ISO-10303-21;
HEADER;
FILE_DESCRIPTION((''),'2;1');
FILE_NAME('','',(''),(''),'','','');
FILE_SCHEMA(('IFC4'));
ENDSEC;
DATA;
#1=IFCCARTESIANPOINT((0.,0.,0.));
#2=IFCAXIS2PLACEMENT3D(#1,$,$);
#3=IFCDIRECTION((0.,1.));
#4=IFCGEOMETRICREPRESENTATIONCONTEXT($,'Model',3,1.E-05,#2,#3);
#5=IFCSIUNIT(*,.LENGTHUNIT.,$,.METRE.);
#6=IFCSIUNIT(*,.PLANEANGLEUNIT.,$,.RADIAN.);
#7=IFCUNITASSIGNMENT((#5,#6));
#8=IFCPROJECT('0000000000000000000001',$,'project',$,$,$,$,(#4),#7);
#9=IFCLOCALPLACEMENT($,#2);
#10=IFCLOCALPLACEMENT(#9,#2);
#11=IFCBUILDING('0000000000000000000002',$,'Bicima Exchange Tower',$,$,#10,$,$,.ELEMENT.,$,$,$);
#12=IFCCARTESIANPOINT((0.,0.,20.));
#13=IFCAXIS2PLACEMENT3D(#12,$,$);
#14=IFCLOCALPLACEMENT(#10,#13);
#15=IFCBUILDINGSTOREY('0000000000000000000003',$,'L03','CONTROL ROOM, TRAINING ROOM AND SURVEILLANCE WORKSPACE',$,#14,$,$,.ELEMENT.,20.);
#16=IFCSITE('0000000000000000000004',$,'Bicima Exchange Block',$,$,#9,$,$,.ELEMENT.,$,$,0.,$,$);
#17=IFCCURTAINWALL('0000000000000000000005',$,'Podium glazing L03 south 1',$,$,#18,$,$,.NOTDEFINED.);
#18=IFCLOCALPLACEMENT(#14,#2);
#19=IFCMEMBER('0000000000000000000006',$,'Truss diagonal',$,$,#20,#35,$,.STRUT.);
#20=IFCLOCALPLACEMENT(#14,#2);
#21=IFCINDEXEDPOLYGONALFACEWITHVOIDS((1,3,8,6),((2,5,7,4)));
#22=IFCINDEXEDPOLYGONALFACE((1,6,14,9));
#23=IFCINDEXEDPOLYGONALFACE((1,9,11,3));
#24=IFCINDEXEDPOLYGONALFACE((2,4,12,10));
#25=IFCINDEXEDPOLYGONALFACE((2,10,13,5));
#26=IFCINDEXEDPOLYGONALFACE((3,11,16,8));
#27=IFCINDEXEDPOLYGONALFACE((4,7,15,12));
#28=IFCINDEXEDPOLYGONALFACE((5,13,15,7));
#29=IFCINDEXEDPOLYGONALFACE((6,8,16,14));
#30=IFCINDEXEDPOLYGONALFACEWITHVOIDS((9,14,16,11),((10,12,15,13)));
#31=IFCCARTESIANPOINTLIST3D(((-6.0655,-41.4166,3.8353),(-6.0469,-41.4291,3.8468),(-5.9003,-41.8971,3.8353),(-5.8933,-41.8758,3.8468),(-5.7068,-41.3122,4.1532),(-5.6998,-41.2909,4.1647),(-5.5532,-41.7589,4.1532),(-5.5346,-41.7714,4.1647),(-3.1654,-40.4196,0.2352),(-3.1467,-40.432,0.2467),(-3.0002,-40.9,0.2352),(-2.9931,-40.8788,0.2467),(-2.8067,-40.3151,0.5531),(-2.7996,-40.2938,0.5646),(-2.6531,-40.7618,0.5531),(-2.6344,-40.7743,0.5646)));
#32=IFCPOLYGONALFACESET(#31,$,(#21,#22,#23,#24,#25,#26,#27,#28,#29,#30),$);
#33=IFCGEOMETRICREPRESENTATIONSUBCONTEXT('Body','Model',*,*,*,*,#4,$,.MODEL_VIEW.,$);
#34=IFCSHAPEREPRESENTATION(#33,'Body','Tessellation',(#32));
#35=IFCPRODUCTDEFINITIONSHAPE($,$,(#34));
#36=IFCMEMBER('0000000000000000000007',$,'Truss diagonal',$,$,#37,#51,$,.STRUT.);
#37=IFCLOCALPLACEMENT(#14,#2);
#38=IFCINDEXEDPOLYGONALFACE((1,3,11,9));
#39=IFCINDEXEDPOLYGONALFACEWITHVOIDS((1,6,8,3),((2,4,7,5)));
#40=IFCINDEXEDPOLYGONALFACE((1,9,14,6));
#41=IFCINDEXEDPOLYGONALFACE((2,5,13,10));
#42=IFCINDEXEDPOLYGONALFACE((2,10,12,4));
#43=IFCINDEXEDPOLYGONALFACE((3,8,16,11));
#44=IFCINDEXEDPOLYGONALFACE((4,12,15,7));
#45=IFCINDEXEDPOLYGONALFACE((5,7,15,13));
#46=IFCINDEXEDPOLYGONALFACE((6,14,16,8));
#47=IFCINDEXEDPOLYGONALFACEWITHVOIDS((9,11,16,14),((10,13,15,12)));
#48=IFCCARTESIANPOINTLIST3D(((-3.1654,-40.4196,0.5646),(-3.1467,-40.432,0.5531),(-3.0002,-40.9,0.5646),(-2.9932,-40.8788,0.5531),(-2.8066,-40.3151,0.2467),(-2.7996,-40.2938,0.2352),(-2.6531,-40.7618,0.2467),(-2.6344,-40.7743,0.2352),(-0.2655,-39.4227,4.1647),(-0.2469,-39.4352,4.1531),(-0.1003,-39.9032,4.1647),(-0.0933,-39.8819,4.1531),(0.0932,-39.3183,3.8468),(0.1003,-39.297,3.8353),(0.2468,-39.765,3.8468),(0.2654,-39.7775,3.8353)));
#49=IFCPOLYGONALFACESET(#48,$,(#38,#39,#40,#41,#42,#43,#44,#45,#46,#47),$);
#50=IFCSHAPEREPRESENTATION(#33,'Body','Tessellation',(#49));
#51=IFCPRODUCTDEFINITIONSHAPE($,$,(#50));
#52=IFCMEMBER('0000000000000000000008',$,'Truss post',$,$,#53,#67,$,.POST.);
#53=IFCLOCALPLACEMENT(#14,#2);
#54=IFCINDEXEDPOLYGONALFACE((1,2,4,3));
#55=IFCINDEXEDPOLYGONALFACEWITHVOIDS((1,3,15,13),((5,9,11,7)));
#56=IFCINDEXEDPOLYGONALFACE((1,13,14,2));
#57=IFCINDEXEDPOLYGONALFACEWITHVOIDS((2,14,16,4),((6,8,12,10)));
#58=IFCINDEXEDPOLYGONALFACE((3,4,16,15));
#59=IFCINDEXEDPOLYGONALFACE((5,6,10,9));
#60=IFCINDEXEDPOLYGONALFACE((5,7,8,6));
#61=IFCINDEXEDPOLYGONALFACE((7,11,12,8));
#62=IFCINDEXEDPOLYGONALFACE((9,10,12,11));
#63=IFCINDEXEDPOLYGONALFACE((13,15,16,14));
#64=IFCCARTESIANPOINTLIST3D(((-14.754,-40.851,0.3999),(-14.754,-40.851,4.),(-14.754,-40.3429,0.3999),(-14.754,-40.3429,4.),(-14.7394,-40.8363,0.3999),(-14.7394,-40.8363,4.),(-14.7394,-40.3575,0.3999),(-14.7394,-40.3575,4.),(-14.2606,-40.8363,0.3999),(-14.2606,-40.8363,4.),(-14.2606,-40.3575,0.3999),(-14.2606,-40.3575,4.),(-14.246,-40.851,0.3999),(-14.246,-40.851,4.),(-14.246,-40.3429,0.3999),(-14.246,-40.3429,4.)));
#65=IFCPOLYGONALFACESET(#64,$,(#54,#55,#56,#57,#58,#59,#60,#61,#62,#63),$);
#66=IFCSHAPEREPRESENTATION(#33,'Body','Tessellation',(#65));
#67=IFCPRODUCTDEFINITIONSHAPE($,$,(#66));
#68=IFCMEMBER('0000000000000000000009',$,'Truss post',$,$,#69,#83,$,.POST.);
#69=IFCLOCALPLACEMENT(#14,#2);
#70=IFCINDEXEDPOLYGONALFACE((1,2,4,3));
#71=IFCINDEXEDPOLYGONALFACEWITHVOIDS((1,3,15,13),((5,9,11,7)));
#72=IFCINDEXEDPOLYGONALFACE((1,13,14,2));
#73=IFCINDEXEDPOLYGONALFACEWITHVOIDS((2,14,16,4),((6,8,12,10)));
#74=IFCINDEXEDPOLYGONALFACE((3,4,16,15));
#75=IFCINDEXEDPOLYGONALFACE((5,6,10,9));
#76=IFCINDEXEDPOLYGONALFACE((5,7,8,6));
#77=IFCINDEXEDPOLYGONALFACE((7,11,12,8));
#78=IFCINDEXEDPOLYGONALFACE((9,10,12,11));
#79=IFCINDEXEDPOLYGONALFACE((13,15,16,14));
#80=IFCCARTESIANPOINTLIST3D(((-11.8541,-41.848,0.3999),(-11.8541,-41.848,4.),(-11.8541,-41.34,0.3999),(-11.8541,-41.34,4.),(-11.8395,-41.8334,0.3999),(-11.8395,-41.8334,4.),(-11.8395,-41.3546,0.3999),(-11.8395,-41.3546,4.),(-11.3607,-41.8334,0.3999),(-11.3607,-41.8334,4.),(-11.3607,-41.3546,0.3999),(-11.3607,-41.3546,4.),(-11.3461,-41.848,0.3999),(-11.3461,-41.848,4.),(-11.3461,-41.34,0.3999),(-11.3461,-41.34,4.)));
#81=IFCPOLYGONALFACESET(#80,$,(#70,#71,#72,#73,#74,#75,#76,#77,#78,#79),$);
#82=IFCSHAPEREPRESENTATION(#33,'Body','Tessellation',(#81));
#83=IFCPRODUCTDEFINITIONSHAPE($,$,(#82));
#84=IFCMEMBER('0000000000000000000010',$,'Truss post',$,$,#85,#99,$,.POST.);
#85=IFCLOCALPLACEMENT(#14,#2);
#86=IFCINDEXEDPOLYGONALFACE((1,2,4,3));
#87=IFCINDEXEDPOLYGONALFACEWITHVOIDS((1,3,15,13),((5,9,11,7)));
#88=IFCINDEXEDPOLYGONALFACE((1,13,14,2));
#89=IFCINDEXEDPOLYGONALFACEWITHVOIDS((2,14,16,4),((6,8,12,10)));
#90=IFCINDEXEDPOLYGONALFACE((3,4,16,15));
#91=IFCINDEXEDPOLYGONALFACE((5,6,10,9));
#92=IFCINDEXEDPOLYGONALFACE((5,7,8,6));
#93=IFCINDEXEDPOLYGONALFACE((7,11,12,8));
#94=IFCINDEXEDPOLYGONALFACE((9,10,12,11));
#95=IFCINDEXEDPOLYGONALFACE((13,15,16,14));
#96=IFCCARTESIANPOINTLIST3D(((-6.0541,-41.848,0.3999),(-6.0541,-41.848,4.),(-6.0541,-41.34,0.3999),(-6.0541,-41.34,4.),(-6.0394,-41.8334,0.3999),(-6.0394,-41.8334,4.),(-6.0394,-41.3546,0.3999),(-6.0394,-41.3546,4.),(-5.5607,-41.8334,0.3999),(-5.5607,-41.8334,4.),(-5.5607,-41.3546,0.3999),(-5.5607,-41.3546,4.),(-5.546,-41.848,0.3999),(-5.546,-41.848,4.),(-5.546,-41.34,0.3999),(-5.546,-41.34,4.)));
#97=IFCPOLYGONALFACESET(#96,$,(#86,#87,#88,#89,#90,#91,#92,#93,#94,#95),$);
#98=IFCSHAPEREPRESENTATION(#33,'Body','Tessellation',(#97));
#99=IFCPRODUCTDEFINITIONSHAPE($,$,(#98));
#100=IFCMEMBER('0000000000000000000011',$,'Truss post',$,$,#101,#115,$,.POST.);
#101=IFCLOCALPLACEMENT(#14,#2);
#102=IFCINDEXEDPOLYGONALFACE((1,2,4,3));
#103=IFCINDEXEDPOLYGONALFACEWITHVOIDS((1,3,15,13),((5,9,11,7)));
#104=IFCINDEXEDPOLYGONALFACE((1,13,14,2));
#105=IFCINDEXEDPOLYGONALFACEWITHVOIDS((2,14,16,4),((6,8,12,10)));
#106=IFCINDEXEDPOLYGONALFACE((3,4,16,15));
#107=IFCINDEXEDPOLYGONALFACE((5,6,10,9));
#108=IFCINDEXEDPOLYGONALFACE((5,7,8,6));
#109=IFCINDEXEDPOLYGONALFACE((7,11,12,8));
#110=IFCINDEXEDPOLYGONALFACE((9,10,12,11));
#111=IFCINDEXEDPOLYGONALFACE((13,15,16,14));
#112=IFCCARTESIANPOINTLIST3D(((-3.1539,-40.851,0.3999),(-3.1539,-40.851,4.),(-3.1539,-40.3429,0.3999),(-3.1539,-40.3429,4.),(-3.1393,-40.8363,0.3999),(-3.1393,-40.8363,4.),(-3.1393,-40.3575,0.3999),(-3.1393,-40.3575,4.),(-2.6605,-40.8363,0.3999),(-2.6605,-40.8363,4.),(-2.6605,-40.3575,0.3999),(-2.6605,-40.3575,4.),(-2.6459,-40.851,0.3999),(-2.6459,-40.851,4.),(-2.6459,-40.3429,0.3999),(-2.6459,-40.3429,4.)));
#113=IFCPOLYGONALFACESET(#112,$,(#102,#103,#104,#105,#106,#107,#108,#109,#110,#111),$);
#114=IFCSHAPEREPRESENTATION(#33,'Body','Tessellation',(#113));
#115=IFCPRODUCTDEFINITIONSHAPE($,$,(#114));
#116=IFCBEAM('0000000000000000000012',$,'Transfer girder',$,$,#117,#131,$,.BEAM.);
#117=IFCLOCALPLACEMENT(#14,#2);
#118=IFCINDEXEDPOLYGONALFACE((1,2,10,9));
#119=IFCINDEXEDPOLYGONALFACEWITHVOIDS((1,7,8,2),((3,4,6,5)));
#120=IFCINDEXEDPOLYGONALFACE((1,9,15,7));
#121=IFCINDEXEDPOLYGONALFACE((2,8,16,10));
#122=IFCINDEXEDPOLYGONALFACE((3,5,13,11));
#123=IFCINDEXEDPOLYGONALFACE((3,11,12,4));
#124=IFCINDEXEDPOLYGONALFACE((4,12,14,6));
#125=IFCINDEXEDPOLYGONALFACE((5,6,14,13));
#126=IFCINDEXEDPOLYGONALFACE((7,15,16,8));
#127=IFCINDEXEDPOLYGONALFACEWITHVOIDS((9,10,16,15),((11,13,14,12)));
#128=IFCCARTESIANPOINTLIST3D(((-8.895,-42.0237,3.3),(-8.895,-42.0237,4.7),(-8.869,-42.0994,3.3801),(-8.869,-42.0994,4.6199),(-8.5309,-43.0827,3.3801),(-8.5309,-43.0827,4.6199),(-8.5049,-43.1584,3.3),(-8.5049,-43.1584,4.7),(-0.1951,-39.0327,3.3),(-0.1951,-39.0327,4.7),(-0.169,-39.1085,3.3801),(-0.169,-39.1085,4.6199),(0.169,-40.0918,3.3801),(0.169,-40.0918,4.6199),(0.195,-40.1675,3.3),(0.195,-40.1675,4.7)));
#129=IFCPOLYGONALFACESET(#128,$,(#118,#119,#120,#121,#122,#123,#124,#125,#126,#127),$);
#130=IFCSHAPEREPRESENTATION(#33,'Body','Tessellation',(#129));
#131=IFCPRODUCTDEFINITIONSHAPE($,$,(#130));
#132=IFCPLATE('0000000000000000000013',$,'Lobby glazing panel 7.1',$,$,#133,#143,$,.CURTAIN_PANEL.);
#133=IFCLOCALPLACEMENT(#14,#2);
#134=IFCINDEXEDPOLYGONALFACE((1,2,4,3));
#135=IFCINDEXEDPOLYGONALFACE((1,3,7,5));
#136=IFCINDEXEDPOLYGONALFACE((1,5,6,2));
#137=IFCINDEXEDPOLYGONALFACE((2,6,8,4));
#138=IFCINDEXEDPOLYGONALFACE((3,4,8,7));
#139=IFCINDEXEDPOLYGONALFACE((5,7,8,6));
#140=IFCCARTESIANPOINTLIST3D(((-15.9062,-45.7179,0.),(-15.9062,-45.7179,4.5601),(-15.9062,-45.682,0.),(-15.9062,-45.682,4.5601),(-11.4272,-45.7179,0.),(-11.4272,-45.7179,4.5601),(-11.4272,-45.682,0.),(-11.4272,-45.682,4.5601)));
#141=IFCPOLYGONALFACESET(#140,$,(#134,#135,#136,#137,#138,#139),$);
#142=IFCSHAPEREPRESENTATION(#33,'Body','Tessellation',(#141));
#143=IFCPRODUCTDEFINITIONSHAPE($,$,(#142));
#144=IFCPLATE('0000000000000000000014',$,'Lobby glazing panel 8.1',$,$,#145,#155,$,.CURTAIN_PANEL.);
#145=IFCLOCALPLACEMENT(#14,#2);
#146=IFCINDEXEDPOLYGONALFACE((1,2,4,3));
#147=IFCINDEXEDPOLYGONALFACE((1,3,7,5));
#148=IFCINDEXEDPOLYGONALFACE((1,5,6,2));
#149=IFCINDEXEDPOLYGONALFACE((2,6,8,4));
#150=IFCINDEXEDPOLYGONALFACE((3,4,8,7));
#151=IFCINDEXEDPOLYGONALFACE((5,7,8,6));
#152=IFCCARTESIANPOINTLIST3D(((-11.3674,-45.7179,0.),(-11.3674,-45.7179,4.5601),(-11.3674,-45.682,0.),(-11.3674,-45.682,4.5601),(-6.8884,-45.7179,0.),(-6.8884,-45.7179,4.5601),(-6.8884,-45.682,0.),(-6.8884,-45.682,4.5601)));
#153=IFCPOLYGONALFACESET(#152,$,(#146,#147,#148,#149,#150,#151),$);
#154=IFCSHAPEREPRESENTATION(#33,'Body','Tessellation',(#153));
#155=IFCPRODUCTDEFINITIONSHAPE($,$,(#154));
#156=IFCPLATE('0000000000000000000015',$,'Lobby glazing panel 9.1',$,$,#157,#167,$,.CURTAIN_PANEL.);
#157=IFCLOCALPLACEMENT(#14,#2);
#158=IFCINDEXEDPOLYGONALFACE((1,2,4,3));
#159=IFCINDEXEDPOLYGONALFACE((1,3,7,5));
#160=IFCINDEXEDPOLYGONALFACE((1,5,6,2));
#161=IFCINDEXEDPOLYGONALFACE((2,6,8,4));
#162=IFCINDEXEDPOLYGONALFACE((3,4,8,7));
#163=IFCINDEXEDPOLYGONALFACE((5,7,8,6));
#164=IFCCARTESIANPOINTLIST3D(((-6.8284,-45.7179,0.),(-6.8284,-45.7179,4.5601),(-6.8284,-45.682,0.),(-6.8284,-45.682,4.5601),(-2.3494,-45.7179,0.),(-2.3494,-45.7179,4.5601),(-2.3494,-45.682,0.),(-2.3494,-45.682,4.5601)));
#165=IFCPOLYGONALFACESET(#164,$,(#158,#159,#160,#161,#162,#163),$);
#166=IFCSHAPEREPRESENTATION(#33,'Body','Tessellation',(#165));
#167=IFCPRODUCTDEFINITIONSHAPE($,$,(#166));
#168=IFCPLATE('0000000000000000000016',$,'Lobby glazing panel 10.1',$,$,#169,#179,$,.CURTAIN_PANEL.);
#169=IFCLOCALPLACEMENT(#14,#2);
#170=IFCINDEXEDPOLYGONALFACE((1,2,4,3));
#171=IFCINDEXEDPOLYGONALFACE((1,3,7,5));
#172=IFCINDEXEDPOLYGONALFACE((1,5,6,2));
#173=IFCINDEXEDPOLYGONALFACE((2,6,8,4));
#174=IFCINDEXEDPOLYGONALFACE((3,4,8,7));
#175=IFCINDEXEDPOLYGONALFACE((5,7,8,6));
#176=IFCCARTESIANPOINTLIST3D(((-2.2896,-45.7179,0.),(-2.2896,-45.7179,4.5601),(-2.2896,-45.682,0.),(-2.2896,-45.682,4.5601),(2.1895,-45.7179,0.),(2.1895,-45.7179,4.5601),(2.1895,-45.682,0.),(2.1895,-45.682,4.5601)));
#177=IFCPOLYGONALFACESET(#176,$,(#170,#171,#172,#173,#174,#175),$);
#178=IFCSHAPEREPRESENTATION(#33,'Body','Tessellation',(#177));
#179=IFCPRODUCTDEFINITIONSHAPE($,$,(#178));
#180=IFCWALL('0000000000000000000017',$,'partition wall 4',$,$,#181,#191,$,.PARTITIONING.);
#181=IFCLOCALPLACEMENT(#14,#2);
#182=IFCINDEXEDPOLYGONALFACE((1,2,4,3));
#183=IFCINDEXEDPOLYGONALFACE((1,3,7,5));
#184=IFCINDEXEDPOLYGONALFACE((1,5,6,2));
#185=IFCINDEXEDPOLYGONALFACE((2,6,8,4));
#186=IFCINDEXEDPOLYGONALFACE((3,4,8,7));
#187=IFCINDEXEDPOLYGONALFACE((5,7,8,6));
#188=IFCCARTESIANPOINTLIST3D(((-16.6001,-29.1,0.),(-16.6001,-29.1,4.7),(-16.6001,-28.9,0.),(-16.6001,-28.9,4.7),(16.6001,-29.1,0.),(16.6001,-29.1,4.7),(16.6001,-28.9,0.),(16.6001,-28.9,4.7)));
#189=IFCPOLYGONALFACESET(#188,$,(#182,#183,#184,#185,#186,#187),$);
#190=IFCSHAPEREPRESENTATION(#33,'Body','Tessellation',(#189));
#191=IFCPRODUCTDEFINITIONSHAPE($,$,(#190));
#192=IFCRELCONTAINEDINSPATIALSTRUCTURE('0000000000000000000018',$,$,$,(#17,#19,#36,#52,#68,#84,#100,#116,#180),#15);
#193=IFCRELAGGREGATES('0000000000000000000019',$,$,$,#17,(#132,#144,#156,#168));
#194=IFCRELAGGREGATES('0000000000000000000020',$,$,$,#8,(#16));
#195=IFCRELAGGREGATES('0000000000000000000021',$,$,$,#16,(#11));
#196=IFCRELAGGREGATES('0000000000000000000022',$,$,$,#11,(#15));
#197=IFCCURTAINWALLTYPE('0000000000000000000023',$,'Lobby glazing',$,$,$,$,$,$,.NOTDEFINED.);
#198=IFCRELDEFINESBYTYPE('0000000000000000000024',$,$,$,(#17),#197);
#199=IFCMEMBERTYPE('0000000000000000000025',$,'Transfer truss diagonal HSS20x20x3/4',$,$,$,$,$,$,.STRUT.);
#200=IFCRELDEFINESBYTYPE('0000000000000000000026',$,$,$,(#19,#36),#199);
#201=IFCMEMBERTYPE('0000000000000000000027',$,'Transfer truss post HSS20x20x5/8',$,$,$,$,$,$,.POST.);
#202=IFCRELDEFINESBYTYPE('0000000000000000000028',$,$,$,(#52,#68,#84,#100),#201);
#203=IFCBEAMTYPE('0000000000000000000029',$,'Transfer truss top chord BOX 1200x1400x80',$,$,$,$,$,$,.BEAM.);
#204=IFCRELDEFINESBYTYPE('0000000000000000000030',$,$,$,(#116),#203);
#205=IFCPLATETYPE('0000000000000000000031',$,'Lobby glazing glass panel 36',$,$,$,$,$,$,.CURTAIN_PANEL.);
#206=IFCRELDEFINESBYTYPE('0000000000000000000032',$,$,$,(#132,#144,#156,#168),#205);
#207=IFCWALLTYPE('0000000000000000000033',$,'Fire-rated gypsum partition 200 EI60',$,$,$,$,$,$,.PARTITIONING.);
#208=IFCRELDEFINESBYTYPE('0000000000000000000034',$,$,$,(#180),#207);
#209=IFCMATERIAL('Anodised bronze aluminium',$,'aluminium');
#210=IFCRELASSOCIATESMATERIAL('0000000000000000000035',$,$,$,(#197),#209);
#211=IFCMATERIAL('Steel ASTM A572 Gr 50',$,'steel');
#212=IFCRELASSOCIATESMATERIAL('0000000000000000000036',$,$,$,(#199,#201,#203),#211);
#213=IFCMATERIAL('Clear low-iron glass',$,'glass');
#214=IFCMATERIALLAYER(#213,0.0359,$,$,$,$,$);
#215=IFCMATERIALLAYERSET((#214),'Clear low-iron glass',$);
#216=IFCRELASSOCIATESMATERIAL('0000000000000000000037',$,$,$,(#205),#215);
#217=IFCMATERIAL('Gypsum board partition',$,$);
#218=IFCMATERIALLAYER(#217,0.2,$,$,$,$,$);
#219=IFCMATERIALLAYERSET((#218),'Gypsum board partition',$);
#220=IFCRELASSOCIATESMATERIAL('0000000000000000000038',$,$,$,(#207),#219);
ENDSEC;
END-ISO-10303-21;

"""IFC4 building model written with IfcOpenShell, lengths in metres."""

from ifc_helpers import new_model, si_unit, direction, frame, frame_2d, origin, origin_2d, place, context, subcontext, project, spatial, rectangle, hollow_rectangle, extrude, material, layer, layer_set, material_profile, profile_set, type_object, element, aggregate, save


model = new_model("IFC4")

# Units and contexts
model_context = context("Model", 3, precision=1e-05, world=origin(), true_north=direction((0.0, 1.0)))
body_context = subcontext(model_context, "Body", "Model", "MODEL_VIEW")
ifc_project = project(units=[si_unit("LENGTHUNIT", "METRE"), si_unit("PLANEANGLEUNIT", "RADIAN")], contexts=[model_context])

# Site, building, storey
site_placement = place(None, origin())
site = spatial("IfcSite", under=ifc_project, at=site_placement, Name="Bicima Exchange Block", CompositionType="ELEMENT", RefElevation=0.0)
building_placement = place(site_placement, origin())
building = spatial("IfcBuilding", under=site, at=building_placement, Name="Bicima Exchange Tower", CompositionType="ELEMENT")
storey_placement = place(building_placement, frame((0.0, 0.0, 20.0)))
storey = spatial("IfcBuildingStorey", under=building, at=storey_placement, Name="L03", Description="CONTROL ROOM, TRAINING ROOM AND SURVEILLANCE WORKSPACE", CompositionType="ELEMENT", Elevation=20.0)

# Curtain wall
ifc_material_1 = material(Name="Anodised bronze aluminium", Category="aluminium")
curtain_wall_type = type_object("IfcCurtainWallType", Name="Lobby glazing", PredefinedType="NOTDEFINED", material=ifc_material_1)
curtain_wall_placement = place(storey_placement, origin())
curtain_wall = element("IfcCurtainWall", 1, at=curtain_wall_placement, inside=storey, type_object=curtain_wall_type, Name="Podium glazing L03 south 1", PredefinedType="NOTDEFINED")

# Members
ifc_material_2 = material(Name="Steel ASTM A572 Gr 50", Category="steel")
ifc_material_profile_1 = material_profile(ifc_material_2, hollow_rectangle(XDim=1.2, YDim=1.3999, WallThickness=0.0801, at=origin_2d()))
ifc_profile_set_1 = profile_set([ifc_material_profile_1], Name="Steel ASTM A572 Gr 50")
ifc_material_profile_2 = material_profile(ifc_material_2, hollow_rectangle(XDim=0.5081, YDim=0.5081, WallThickness=0.0178, at=origin_2d()))
ifc_profile_set_2 = profile_set([ifc_material_profile_2], Name="Steel ASTM A572 Gr 50")
member_type_1 = type_object("IfcMemberType", Name="Transfer truss diagonal HSS20x20x3/4", PredefinedType="STRUT", material=ifc_profile_set_2)
member_1_placement = place(storey_placement, frame((-5.8, -41.594, 4.0), z_axis=(0.613237, 0.210831, -0.761242), x_axis=(-0.325122, 0.945672, 0.0)))
element("IfcMember", 2, at=member_1_placement, inside=storey, type_object=member_type_1, Name="Truss diagonal", PredefinedType="STRUT", context=body_context, shape_type="SweptSolid", body=[
    extrude(hollow_rectangle(XDim=0.5081, YDim=0.5081, WallThickness=0.0178, at=origin_2d()), origin(), (0.0, 0.0, 1.0), 4.7292),
])
member_2_placement = place(storey_placement, frame((-2.8999, -40.5969, 0.3999), z_axis=(0.613212, 0.210788, 0.761275), x_axis=(-0.325075, 0.945688, 0.0)))
element("IfcMember", 3, at=member_2_placement, inside=storey, type_object=member_type_1, Name="Truss diagonal", PredefinedType="STRUT", context=body_context, shape_type="SweptSolid", body=[
    extrude(hollow_rectangle(XDim=0.5081, YDim=0.5081, WallThickness=0.0178, at=origin_2d()), origin(), (0.0, 0.0, 1.0), 4.729),
])
ifc_material_profile_3 = material_profile(ifc_material_2, hollow_rectangle(XDim=0.5081, YDim=0.5081, WallThickness=0.0146, at=origin_2d()))
ifc_profile_set_3 = profile_set([ifc_material_profile_3], Name="Steel ASTM A572 Gr 50")
member_type_2 = type_object("IfcMemberType", Name="Transfer truss post HSS20x20x5/8", PredefinedType="POST", material=ifc_profile_set_3)
for number, where, z_axis, x_axis, name in (
    (4, (-14.5, -40.5969, 0.3999), (0.0, 0.0, 1.0), (1.0, 0.0, 0.0), "Truss post"),
    (5, (-11.6001, -41.594, 0.3999), (0.0, 0.0, 1.0), (1.0, 0.0, 0.0), "Truss post"),
    (6, (-5.8, -41.594, 0.3999), (0.0, 0.0, 1.0), (1.0, 0.0, 0.0), "Truss post"),
    (7, (-2.8999, -40.5969, 0.3999), (0.0, 0.0, 1.0), (1.0, 0.0, 0.0), "Truss post"),
):
    element("IfcMember", number, at=place(storey_placement, frame(where, z_axis=z_axis, x_axis=x_axis)), inside=storey, type_object=member_type_2, Name=name, PredefinedType="POST", context=body_context, shape_type="SweptSolid", body=[
        extrude(hollow_rectangle(XDim=0.5081, YDim=0.5081, WallThickness=0.0146, at=origin_2d()), origin(), (0.0, 0.0, 1.0), 3.6001),
    ])

# Beam
beam_type = type_object("IfcBeamType", Name="Transfer truss top chord BOX 1200x1400x80", PredefinedType="BEAM", material=ifc_profile_set_1)
beam_placement = place(storey_placement, frame((-8.7, -42.5911, 4.0), z_axis=(0.945675, 0.325115, 0.0), x_axis=(-0.325115, 0.945675, 0.0)))
element("IfcBeam", 8, at=beam_placement, inside=storey, type_object=beam_type, Name="Transfer girder", PredefinedType="BEAM", context=body_context, shape_type="SweptSolid", body=[
    extrude(hollow_rectangle(XDim=1.2, YDim=1.3999, WallThickness=0.0801, at=origin_2d()), origin(), (0.0, 0.0, 1.0), 9.1997),
])

# Plates
ifc_material_3 = material(Name="Clear low-iron glass", Category="glass")
ifc_layer_1 = layer(ifc_material_3, 0.0359)
ifc_layer_set_1 = layer_set([ifc_layer_1], Name="Clear low-iron glass")
plate_type = type_object("IfcPlateType", Name="Lobby glazing glass panel 36", PredefinedType="CURTAIN_PANEL", material=ifc_layer_set_1)
plate_1_placement = place(storey_placement, frame((-13.6667, -45.7, 0.0), z_axis=(0.0, 0.0, 1.0), x_axis=(1.0, 0.0, 0.0)))
plate_1 = element("IfcPlate", 9, at=plate_1_placement, type_object=plate_type, Name="Lobby glazing panel 7.1", PredefinedType="CURTAIN_PANEL", context=body_context, shape_type="SweptSolid", body=[
    extrude(rectangle(XDim=4.479, YDim=0.0359, at=origin_2d()), origin(), (0.0, 0.0, 1.0), 4.5601),
])
plate_2_placement = place(storey_placement, frame((-9.1279, -45.7, 0.0), z_axis=(0.0, 0.0, 1.0), x_axis=(1.0, 0.0, 0.0)))
plate_2 = element("IfcPlate", 10, at=plate_2_placement, type_object=plate_type, Name="Lobby glazing panel 8.1", PredefinedType="CURTAIN_PANEL", context=body_context, shape_type="SweptSolid", body=[
    extrude(rectangle(XDim=4.479, YDim=0.0359, at=origin_2d()), origin(), (0.0, 0.0, 1.0), 4.5601),
])
plate_3_placement = place(storey_placement, frame((-4.5889, -45.7, 0.0), z_axis=(0.0, 0.0, 1.0), x_axis=(1.0, 0.0, 0.0)))
plate_3 = element("IfcPlate", 11, at=plate_3_placement, type_object=plate_type, Name="Lobby glazing panel 9.1", PredefinedType="CURTAIN_PANEL", context=body_context, shape_type="SweptSolid", body=[
    extrude(rectangle(XDim=4.479, YDim=0.0359, at=origin_2d()), origin(), (0.0, 0.0, 1.0), 4.5601),
])
plate_4_placement = place(storey_placement, frame((-0.05, -45.7, 0.0), z_axis=(0.0, 0.0, 1.0), x_axis=(1.0, 0.0, 0.0)))
plate_4 = element("IfcPlate", 12, at=plate_4_placement, type_object=plate_type, Name="Lobby glazing panel 10.1", PredefinedType="CURTAIN_PANEL", context=body_context, shape_type="SweptSolid", body=[
    extrude(rectangle(XDim=4.479, YDim=0.0359, at=origin_2d()), origin(), (0.0, 0.0, 1.0), 4.5601),
])
aggregate(curtain_wall, [plate_1, plate_2, plate_3, plate_4])

# Wall
ifc_material_4 = material(Name="Gypsum board partition")
ifc_layer_2 = layer(ifc_material_4, 0.2)
ifc_layer_set_2 = layer_set([ifc_layer_2], Name="Gypsum board partition")
wall_type_1 = type_object("IfcWallType", Name="Fire-rated gypsum partition 200 EI60", PredefinedType="PARTITIONING", material=ifc_layer_set_2)
wall_1_placement = place(storey_placement, frame((-16.6001, -29.0, 0.0), z_axis=(0.0, 0.0, 1.0), x_axis=(1.0, 0.0, 0.0)))
element("IfcWall", 13, at=wall_1_placement, inside=storey, type_object=wall_type_1, Name="partition wall 4", PredefinedType="PARTITIONING", context=body_context, shape_type="SweptSolid", body=[
    extrude(rectangle(XDim=33.2002, YDim=0.2, at=frame_2d((16.6001, 0.0))), origin(), (0.0, 0.0, 1.0), 4.7),
])

save(model, "model.ifc")
